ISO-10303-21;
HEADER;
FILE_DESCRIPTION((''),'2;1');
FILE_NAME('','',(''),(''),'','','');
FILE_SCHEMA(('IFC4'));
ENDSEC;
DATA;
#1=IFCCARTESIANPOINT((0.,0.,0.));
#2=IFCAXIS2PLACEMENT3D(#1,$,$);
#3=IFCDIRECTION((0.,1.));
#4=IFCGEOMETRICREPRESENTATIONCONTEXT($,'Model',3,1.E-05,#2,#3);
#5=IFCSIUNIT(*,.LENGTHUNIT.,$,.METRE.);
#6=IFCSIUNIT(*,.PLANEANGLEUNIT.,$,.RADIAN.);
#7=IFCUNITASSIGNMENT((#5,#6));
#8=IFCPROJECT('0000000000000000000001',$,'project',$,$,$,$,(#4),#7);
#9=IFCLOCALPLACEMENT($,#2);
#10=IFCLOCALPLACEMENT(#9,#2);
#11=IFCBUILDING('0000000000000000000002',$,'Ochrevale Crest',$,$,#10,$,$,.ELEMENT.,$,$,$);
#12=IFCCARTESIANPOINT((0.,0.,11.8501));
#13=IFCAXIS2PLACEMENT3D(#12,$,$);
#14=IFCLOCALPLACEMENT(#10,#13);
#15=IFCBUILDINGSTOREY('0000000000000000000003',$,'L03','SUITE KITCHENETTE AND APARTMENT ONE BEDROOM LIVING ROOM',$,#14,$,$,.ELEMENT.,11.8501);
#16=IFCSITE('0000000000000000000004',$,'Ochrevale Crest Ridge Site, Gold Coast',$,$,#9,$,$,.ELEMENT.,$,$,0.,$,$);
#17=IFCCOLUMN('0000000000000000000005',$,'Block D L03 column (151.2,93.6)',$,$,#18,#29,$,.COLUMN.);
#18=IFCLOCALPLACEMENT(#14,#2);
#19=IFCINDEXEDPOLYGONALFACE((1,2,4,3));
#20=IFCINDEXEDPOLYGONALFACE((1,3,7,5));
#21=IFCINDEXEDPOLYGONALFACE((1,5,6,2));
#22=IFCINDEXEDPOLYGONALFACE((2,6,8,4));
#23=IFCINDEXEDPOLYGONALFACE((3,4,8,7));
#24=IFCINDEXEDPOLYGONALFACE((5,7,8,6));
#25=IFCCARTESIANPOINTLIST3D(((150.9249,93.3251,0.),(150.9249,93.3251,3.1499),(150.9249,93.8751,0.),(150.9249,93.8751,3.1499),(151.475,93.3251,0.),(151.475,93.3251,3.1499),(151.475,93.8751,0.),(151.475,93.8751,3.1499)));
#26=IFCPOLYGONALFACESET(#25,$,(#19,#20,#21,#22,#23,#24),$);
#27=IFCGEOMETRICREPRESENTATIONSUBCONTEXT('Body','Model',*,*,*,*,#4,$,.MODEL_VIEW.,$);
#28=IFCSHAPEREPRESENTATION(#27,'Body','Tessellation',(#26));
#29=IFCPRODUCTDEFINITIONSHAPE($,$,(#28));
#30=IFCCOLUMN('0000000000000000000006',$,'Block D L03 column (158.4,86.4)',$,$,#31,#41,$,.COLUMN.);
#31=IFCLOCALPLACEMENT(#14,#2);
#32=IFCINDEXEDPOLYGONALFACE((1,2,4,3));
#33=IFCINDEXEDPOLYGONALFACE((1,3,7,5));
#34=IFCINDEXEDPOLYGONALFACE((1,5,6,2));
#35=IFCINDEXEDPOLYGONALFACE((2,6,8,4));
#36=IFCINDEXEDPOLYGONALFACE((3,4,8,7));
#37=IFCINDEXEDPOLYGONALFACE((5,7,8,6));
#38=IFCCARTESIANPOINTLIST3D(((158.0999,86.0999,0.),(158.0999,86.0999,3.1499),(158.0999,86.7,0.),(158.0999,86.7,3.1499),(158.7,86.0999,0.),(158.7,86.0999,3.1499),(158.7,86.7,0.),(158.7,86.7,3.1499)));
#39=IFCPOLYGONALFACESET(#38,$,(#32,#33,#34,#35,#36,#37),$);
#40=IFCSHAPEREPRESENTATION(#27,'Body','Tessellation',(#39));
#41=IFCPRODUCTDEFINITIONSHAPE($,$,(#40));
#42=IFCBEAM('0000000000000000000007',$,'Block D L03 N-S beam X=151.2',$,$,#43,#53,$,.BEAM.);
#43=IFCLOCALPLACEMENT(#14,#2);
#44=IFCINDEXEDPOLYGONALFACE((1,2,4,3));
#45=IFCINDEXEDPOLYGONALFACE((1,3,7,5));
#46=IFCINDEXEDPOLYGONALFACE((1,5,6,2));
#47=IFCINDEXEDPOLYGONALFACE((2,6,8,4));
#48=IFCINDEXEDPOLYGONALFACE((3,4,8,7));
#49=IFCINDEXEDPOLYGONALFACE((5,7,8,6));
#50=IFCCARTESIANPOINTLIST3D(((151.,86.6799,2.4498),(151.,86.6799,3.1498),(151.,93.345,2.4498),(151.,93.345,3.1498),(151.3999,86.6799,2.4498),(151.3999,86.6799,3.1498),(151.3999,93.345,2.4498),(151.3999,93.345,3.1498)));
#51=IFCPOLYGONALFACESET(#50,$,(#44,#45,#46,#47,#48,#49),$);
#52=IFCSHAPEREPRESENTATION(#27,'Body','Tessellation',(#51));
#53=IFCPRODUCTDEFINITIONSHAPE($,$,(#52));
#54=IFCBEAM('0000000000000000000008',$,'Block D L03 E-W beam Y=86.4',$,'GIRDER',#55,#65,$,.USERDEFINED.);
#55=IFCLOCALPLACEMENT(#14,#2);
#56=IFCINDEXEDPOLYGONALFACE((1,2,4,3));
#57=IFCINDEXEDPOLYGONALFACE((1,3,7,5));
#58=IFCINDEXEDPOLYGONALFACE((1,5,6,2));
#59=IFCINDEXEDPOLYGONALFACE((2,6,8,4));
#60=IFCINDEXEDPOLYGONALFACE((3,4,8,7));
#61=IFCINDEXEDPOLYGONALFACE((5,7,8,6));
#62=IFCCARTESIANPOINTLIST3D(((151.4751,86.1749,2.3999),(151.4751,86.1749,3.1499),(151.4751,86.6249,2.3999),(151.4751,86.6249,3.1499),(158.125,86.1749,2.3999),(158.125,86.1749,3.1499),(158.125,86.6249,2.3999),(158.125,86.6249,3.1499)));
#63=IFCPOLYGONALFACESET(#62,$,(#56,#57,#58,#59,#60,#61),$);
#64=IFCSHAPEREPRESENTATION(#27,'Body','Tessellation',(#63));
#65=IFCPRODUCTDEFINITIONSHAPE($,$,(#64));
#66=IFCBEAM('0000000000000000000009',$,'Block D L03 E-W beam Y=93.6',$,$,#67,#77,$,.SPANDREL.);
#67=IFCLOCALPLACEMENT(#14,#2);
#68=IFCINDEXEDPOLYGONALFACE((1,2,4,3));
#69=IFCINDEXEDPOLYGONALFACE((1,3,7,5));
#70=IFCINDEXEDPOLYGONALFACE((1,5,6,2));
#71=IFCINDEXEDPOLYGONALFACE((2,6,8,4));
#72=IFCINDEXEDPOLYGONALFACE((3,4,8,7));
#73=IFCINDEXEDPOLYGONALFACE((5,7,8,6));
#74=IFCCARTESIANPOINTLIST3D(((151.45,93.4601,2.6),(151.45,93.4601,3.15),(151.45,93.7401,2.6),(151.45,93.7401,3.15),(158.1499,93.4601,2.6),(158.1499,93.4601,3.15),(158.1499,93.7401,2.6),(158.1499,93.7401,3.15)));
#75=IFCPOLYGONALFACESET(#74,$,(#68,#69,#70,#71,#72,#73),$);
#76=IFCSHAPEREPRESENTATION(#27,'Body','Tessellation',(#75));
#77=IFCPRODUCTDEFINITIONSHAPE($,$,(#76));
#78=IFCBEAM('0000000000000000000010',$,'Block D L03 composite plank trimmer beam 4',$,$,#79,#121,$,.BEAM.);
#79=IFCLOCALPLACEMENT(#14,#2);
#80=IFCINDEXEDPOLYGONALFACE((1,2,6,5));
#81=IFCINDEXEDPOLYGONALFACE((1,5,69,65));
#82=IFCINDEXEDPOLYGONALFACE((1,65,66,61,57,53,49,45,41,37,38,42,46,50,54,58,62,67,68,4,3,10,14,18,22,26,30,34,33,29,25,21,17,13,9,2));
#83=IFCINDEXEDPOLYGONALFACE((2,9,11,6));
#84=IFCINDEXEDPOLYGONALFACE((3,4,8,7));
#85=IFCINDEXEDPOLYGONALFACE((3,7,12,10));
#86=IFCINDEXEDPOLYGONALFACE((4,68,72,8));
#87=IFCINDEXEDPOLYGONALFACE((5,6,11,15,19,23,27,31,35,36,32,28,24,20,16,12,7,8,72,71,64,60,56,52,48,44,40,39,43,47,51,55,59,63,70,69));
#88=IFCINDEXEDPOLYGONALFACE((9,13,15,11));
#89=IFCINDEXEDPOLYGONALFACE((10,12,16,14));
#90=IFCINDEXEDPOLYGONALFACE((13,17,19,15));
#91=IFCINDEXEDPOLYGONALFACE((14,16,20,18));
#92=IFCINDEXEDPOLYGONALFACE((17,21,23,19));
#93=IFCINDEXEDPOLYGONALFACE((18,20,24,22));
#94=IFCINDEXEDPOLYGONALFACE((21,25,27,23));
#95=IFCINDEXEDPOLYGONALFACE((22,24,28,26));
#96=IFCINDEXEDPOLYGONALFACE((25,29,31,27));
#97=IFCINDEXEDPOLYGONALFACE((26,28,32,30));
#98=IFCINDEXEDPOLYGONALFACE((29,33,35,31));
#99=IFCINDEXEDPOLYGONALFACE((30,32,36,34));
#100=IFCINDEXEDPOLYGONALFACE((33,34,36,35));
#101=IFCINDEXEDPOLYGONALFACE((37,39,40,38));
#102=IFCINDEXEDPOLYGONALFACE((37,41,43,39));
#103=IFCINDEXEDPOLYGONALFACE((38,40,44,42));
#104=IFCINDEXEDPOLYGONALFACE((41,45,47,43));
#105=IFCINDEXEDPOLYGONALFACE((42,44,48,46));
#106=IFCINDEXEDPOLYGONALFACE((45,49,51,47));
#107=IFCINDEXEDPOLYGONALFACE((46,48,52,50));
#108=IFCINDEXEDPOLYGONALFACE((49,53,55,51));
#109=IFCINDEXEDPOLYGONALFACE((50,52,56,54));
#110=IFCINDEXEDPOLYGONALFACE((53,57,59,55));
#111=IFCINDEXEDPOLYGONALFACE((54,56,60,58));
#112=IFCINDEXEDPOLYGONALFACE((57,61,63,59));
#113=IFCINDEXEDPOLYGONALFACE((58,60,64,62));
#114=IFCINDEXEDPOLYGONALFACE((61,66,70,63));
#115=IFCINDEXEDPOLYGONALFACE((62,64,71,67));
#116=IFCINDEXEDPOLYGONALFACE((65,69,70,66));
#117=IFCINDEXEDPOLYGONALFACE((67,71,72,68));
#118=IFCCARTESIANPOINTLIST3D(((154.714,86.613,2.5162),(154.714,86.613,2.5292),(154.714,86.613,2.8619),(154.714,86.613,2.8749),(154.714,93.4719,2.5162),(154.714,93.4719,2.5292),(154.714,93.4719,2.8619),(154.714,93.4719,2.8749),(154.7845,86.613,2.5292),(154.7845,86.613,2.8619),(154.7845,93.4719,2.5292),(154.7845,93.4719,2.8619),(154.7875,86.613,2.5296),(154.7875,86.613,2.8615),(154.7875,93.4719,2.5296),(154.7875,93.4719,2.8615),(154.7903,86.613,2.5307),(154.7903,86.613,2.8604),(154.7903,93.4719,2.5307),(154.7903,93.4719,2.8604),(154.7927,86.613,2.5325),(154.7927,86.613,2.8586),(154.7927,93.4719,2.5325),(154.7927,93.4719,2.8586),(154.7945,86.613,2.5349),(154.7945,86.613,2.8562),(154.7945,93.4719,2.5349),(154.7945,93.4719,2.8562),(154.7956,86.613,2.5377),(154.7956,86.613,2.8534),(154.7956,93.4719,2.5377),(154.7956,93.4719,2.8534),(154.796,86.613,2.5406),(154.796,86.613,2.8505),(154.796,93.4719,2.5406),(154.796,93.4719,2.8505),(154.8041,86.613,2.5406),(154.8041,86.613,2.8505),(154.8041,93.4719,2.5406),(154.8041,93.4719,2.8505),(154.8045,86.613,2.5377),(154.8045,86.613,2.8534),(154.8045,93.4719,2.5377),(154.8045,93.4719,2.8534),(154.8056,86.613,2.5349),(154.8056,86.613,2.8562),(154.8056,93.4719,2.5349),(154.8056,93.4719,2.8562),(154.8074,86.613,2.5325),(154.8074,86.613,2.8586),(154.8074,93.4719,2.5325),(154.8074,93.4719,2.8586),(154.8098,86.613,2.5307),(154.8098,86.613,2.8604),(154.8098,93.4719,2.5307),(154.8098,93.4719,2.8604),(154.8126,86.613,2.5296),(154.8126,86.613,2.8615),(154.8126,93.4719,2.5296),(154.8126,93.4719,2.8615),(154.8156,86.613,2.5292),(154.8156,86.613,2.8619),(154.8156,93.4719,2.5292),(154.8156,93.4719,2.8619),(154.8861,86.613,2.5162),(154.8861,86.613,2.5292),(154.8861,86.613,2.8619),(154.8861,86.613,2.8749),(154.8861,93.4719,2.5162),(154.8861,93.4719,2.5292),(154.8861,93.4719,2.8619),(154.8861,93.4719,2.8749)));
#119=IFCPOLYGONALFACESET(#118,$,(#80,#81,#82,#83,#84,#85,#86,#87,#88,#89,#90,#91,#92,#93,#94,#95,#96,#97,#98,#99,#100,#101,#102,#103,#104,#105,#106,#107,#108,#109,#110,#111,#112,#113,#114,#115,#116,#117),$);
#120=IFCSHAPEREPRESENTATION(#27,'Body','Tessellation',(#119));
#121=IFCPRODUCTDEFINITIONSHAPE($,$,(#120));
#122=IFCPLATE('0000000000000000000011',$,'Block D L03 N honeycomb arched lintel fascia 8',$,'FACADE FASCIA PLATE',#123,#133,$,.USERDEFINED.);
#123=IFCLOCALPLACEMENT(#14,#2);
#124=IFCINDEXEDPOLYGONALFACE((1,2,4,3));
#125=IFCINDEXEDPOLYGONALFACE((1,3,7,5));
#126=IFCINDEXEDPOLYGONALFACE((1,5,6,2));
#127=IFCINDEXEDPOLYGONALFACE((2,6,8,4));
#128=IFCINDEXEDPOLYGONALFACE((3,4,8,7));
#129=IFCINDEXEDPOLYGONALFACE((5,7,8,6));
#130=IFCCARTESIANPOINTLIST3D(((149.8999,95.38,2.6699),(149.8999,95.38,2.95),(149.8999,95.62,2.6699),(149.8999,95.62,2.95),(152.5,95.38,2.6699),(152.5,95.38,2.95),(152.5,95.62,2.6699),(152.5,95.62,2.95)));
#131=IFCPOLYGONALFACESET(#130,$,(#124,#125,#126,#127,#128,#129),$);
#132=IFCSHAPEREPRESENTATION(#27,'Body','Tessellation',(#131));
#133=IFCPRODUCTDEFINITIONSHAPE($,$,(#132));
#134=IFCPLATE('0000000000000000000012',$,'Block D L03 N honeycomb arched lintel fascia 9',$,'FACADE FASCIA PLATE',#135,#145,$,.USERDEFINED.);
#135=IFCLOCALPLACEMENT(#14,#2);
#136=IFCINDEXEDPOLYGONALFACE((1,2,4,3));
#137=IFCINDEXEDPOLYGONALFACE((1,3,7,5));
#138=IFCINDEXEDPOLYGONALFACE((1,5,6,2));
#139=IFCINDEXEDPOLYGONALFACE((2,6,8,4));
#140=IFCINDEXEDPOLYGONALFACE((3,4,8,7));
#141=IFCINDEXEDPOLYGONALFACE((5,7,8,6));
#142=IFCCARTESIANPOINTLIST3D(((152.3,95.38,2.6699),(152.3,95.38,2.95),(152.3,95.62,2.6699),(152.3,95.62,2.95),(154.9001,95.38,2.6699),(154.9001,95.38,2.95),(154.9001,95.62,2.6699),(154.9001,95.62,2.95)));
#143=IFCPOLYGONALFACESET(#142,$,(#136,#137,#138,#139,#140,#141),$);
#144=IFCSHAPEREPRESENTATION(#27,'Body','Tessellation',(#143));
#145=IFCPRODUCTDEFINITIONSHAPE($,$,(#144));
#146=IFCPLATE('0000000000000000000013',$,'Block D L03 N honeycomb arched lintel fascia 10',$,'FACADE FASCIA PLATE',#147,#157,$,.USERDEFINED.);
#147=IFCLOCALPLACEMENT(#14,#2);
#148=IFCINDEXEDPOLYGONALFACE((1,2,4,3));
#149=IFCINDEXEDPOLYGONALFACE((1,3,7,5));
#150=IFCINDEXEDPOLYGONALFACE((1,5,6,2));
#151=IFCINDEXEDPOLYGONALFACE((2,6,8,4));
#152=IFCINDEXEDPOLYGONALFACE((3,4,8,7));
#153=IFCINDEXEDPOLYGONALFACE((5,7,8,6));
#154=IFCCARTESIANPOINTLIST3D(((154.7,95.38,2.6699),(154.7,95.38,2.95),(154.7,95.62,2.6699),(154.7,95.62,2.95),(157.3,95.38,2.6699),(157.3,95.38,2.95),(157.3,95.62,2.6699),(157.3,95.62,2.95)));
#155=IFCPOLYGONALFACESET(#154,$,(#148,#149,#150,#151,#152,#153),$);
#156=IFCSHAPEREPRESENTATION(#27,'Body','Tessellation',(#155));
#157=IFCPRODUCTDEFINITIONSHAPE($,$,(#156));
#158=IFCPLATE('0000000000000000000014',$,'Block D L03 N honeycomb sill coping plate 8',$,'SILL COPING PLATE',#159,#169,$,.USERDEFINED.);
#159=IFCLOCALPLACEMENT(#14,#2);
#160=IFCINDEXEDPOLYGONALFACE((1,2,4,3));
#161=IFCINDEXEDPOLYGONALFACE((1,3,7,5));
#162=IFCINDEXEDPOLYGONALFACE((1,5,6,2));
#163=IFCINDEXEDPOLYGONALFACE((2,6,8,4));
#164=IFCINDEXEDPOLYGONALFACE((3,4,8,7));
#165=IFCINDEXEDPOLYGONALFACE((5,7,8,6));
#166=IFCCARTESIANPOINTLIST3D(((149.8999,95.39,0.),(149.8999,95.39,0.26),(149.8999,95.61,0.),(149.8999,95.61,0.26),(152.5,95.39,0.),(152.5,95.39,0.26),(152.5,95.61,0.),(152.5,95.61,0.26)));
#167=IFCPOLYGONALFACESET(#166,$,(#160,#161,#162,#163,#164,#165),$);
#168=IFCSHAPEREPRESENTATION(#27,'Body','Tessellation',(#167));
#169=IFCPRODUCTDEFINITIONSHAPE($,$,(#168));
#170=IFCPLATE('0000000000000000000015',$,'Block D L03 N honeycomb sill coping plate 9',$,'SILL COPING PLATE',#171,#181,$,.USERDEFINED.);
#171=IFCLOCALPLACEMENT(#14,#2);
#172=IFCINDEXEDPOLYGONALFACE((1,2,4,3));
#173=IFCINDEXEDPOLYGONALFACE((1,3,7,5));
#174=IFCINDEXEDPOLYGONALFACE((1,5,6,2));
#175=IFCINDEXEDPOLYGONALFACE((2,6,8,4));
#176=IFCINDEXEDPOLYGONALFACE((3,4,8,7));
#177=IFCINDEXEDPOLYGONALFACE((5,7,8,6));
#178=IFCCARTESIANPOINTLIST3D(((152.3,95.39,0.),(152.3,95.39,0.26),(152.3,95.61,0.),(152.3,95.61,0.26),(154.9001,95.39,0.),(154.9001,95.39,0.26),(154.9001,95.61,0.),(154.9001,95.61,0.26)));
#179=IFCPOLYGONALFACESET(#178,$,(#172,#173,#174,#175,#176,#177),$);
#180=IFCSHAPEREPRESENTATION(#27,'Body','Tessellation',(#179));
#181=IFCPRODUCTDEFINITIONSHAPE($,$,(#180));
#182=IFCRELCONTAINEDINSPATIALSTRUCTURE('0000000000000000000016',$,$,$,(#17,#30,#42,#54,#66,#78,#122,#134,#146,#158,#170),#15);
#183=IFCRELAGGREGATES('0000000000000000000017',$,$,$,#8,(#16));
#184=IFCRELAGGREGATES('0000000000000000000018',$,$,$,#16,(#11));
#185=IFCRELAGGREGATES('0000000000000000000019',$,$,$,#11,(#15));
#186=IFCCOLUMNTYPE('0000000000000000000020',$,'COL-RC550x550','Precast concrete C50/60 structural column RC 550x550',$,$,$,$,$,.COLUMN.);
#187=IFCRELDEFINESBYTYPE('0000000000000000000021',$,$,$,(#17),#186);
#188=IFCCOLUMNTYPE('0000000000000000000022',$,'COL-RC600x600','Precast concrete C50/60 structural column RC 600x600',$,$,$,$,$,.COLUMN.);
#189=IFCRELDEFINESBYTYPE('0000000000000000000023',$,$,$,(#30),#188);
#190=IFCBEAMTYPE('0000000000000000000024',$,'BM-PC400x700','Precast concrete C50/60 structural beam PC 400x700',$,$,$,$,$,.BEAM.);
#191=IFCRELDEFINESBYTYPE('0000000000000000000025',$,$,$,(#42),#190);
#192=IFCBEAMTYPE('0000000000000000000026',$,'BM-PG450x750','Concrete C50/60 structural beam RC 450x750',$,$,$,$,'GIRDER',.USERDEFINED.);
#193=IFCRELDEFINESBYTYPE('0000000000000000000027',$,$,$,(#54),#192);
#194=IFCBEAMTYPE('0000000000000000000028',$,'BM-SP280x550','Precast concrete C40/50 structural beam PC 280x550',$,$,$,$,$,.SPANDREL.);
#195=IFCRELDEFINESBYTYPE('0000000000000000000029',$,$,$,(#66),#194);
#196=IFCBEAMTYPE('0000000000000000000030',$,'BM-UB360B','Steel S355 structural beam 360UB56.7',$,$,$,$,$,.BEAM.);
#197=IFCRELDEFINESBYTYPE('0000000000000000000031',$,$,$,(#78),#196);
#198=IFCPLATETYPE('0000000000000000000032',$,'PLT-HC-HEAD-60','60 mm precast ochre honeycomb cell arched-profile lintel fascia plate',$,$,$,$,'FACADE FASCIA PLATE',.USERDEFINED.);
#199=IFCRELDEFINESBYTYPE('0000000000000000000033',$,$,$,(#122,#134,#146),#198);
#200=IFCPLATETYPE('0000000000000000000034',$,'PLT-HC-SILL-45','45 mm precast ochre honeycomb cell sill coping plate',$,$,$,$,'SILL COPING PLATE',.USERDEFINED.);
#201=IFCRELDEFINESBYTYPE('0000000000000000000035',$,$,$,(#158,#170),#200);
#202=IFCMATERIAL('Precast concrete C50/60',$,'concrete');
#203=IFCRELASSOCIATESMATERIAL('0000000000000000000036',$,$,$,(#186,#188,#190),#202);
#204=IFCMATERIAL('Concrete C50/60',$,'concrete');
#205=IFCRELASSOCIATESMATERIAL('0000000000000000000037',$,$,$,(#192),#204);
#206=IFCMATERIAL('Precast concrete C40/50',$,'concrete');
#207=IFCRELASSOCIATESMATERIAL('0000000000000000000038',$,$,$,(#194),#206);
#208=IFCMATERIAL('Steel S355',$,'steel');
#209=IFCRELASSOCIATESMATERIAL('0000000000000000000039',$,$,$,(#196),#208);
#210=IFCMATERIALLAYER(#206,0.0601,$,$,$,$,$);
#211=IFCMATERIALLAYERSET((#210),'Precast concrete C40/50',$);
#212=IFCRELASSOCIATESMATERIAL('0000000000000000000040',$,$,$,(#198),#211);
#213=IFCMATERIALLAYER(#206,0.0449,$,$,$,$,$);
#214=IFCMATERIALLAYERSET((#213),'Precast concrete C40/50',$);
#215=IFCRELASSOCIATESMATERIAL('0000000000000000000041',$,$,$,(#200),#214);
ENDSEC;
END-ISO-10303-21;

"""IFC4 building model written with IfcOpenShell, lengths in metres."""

from ifc_helpers import new_model, si_unit, direction, frame, origin, origin_2d, place, context, subcontext, project, spatial, rectangle, i_section, extrude, material, layer, layer_set, material_profile, profile_set, type_object, element, save


model = new_model("IFC4")

# Units and contexts
model_context = context("Model", 3, precision=1e-05, world=origin(), true_north=direction((0.0, 1.0)))
body_context = subcontext(model_context, "Body", "Model", "MODEL_VIEW")
ifc_project = project(units=[si_unit("LENGTHUNIT", "METRE"), si_unit("PLANEANGLEUNIT", "RADIAN")], contexts=[model_context])

# Site, building, storey
site_placement = place(None, origin())
site = spatial("IfcSite", under=ifc_project, at=site_placement, Name="Ochrevale Crest Ridge Site, Gold Coast", CompositionType="ELEMENT", RefElevation=0.0)
building_placement = place(site_placement, origin())
building = spatial("IfcBuilding", under=site, at=building_placement, Name="Ochrevale Crest", CompositionType="ELEMENT")
storey_placement = place(building_placement, frame((0.0, 0.0, 11.8501)))
storey = spatial("IfcBuildingStorey", under=building, at=storey_placement, Name="L03", Description="SUITE KITCHENETTE AND APARTMENT ONE BEDROOM LIVING ROOM", CompositionType="ELEMENT", Elevation=11.8501)

# Columns
ifc_material_1 = material(Name="Precast concrete C50/60", Category="concrete")
ifc_material_profile_1 = material_profile(ifc_material_1, rectangle(XDim=0.55, YDim=0.55, at=origin_2d()), Name="RC 550x550")
ifc_profile_set_1 = profile_set([ifc_material_profile_1], Name="Precast concrete C50/60")
column_type_1 = type_object("IfcColumnType", Name="COL-RC550x550", Description="Precast concrete C50/60 structural column RC 550x550", PredefinedType="COLUMN", material=ifc_profile_set_1)
column_1_placement = place(storey_placement, frame((151.2, 93.6001, 0.0), z_axis=(0.0, 0.0, 1.0), x_axis=(1.0, 0.0, 0.0)))
element("IfcColumn", 1, at=column_1_placement, inside=storey, type_object=column_type_1, Name="Block D L03 column (151.2,93.6)", PredefinedType="COLUMN", context=body_context, shape_type="SweptSolid", body=[
    extrude(rectangle(XDim=0.55, YDim=0.55, at=origin_2d()), origin(), (0.0, 0.0, 1.0), 3.1499),
])
ifc_material_profile_2 = material_profile(ifc_material_1, rectangle(XDim=0.6001, YDim=0.6001, at=origin_2d()), Name="RC 600x600")
ifc_profile_set_2 = profile_set([ifc_material_profile_2], Name="Precast concrete C50/60")
column_type_2 = type_object("IfcColumnType", Name="COL-RC600x600", Description="Precast concrete C50/60 structural column RC 600x600", PredefinedType="COLUMN", material=ifc_profile_set_2)
column_2_placement = place(storey_placement, frame((158.3999, 86.3999, 0.0), z_axis=(0.0, 0.0, 1.0), x_axis=(1.0, 0.0, 0.0)))
element("IfcColumn", 2, at=column_2_placement, inside=storey, type_object=column_type_2, Name="Block D L03 column (158.4,86.4)", PredefinedType="COLUMN", context=body_context, shape_type="SweptSolid", body=[
    extrude(rectangle(XDim=0.6001, YDim=0.6001, at=origin_2d()), origin(), (0.0, 0.0, 1.0), 3.1499),
])

# Beams
ifc_material_profile_3 = material_profile(ifc_material_1, rectangle(XDim=0.3999, YDim=0.7, at=origin_2d()), Name="PC 400x700")
ifc_profile_set_3 = profile_set([ifc_material_profile_3], Name="Precast concrete C50/60")
beam_type_1 = type_object("IfcBeamType", Name="BM-PC400x700", Description="Precast concrete C50/60 structural beam PC 400x700", PredefinedType="BEAM", material=ifc_profile_set_3)
beam_1_placement = place(storey_placement, frame((151.2, 86.6799, 2.7998), z_axis=(0.0, 1.0, 0.0), x_axis=(-1.0, 0.0, 0.0)))
element("IfcBeam", 3, at=beam_1_placement, inside=storey, type_object=beam_type_1, Name="Block D L03 N-S beam X=151.2", PredefinedType="BEAM", context=body_context, shape_type="SweptSolid", body=[
    extrude(rectangle(XDim=0.3999, YDim=0.7, at=origin_2d()), origin(), (0.0, 0.0, 1.0), 6.665),
])
ifc_material_2 = material(Name="Concrete C50/60", Category="concrete")
ifc_material_profile_4 = material_profile(ifc_material_2, rectangle(XDim=0.45, YDim=0.75, at=origin_2d()), Name="RC 450x750")
ifc_profile_set_4 = profile_set([ifc_material_profile_4], Name="Concrete C50/60")
beam_type_2 = type_object("IfcBeamType", Name="BM-PG450x750", Description="Concrete C50/60 structural beam RC 450x750", ElementType="GIRDER", PredefinedType="USERDEFINED", material=ifc_profile_set_4)
beam_2_placement = place(storey_placement, frame((151.4751, 86.3999, 2.7749), z_axis=(1.0, 0.0, 0.0), x_axis=(0.0, 1.0, 0.0)))
element("IfcBeam", 4, at=beam_2_placement, inside=storey, type_object=beam_type_2, Name="Block D L03 E-W beam Y=86.4", ObjectType="GIRDER", PredefinedType="USERDEFINED", context=body_context, shape_type="SweptSolid", body=[
    extrude(rectangle(XDim=0.45, YDim=0.75, at=origin_2d()), origin(), (0.0, 0.0, 1.0), 6.6499),
])
ifc_material_3 = material(Name="Precast concrete C40/50", Category="concrete")
ifc_material_profile_5 = material_profile(ifc_material_3, rectangle(XDim=0.28, YDim=0.55, at=origin_2d()), Name="PC 280x550")
ifc_profile_set_5 = profile_set([ifc_material_profile_5], Name="Precast concrete C40/50")
beam_type_3 = type_object("IfcBeamType", Name="BM-SP280x550", Description="Precast concrete C40/50 structural beam PC 280x550", PredefinedType="SPANDREL", material=ifc_profile_set_5)
beam_3_placement = place(storey_placement, frame((151.45, 93.6001, 2.875), z_axis=(1.0, 0.0, 0.0), x_axis=(0.0, 1.0, 0.0)))
element("IfcBeam", 5, at=beam_3_placement, inside=storey, type_object=beam_type_3, Name="Block D L03 E-W beam Y=93.6", PredefinedType="SPANDREL", context=body_context, shape_type="SweptSolid", body=[
    extrude(rectangle(XDim=0.28, YDim=0.55, at=origin_2d()), origin(), (0.0, 0.0, 1.0), 6.7),
])
ifc_material_4 = material(Name="Steel S355", Category="steel")
ifc_material_profile_6 = material_profile(ifc_material_4, i_section(OverallWidth=0.1721, OverallDepth=0.3586, WebThickness=0.0081, FlangeThickness=0.0129, FilletRadius=0.0115, at=origin_2d()), Name="360UB56.7")
ifc_profile_set_6 = profile_set([ifc_material_profile_6], Name="Steel S355")
beam_type_4 = type_object("IfcBeamType", Name="BM-UB360B", Description="Steel S355 structural beam 360UB56.7", PredefinedType="BEAM", material=ifc_profile_set_6)
beam_4_placement = place(storey_placement, frame((154.8, 86.613, 2.6956), z_axis=(0.0, 1.0, 0.0), x_axis=(-1.0, 0.0, 0.0)))
element("IfcBeam", 6, at=beam_4_placement, inside=storey, type_object=beam_type_4, Name="Block D L03 composite plank trimmer beam 4", PredefinedType="BEAM", context=body_context, shape_type="SweptSolid", body=[
    extrude(i_section(OverallWidth=0.1721, OverallDepth=0.3586, WebThickness=0.0081, FlangeThickness=0.0129, FilletRadius=0.0115, at=origin_2d()), origin(), (0.0, 0.0, 1.0), 6.8589),
])

# Plates
ifc_layer_1 = layer(ifc_material_3, 0.0601)
ifc_layer_set_1 = layer_set([ifc_layer_1], Name="Precast concrete C40/50")
plate_type_1 = type_object("IfcPlateType", Name="PLT-HC-HEAD-60", Description="60 mm precast ochre honeycomb cell arched-profile lintel fascia plate", ElementType="FACADE FASCIA PLATE", PredefinedType="USERDEFINED", material=ifc_layer_set_1)
for number, where, z_axis, x_axis, name in (
    (7, (151.2, 95.5, 2.6699), (0.0, 0.0, 1.0), (1.0, 0.0, 0.0), "Block D L03 N honeycomb arched lintel fascia 8"),
    (8, (153.6001, 95.5, 2.6699), (0.0, 0.0, 1.0), (1.0, 0.0, 0.0), "Block D L03 N honeycomb arched lintel fascia 9"),
    (9, (156.0, 95.5, 2.6699), (0.0, 0.0, 1.0), (1.0, 0.0, 0.0), "Block D L03 N honeycomb arched lintel fascia 10"),
):
    element("IfcPlate", number, at=place(storey_placement, frame(where, z_axis=z_axis, x_axis=x_axis)), inside=storey, type_object=plate_type_1, Name=name, ObjectType="FACADE FASCIA PLATE", PredefinedType="USERDEFINED", context=body_context, shape_type="SweptSolid", body=[
        extrude(rectangle(XDim=2.6001, YDim=0.24, at=origin_2d()), origin(), (0.0, 0.0, 1.0), 0.28),
    ])
ifc_layer_2 = layer(ifc_material_3, 0.0449)
ifc_layer_set_2 = layer_set([ifc_layer_2], Name="Precast concrete C40/50")
plate_type_2 = type_object("IfcPlateType", Name="PLT-HC-SILL-45", Description="45 mm precast ochre honeycomb cell sill coping plate", ElementType="SILL COPING PLATE", PredefinedType="USERDEFINED", material=ifc_layer_set_2)
for number, where, z_axis, x_axis, name in (
    (10, (151.2, 95.5, 0.0), (0.0, 0.0, 1.0), (1.0, 0.0, 0.0), "Block D L03 N honeycomb sill coping plate 8"),
    (11, (153.6001, 95.5, 0.0), (0.0, 0.0, 1.0), (1.0, 0.0, 0.0), "Block D L03 N honeycomb sill coping plate 9"),
):
    element("IfcPlate", number, at=place(storey_placement, frame(where, z_axis=z_axis, x_axis=x_axis)), inside=storey, type_object=plate_type_2, Name=name, ObjectType="SILL COPING PLATE", PredefinedType="USERDEFINED", context=body_context, shape_type="SweptSolid", body=[
        extrude(rectangle(XDim=2.6001, YDim=0.22, at=origin_2d()), origin(), (0.0, 0.0, 1.0), 0.26),
    ])

save(model, "model.ifc")
